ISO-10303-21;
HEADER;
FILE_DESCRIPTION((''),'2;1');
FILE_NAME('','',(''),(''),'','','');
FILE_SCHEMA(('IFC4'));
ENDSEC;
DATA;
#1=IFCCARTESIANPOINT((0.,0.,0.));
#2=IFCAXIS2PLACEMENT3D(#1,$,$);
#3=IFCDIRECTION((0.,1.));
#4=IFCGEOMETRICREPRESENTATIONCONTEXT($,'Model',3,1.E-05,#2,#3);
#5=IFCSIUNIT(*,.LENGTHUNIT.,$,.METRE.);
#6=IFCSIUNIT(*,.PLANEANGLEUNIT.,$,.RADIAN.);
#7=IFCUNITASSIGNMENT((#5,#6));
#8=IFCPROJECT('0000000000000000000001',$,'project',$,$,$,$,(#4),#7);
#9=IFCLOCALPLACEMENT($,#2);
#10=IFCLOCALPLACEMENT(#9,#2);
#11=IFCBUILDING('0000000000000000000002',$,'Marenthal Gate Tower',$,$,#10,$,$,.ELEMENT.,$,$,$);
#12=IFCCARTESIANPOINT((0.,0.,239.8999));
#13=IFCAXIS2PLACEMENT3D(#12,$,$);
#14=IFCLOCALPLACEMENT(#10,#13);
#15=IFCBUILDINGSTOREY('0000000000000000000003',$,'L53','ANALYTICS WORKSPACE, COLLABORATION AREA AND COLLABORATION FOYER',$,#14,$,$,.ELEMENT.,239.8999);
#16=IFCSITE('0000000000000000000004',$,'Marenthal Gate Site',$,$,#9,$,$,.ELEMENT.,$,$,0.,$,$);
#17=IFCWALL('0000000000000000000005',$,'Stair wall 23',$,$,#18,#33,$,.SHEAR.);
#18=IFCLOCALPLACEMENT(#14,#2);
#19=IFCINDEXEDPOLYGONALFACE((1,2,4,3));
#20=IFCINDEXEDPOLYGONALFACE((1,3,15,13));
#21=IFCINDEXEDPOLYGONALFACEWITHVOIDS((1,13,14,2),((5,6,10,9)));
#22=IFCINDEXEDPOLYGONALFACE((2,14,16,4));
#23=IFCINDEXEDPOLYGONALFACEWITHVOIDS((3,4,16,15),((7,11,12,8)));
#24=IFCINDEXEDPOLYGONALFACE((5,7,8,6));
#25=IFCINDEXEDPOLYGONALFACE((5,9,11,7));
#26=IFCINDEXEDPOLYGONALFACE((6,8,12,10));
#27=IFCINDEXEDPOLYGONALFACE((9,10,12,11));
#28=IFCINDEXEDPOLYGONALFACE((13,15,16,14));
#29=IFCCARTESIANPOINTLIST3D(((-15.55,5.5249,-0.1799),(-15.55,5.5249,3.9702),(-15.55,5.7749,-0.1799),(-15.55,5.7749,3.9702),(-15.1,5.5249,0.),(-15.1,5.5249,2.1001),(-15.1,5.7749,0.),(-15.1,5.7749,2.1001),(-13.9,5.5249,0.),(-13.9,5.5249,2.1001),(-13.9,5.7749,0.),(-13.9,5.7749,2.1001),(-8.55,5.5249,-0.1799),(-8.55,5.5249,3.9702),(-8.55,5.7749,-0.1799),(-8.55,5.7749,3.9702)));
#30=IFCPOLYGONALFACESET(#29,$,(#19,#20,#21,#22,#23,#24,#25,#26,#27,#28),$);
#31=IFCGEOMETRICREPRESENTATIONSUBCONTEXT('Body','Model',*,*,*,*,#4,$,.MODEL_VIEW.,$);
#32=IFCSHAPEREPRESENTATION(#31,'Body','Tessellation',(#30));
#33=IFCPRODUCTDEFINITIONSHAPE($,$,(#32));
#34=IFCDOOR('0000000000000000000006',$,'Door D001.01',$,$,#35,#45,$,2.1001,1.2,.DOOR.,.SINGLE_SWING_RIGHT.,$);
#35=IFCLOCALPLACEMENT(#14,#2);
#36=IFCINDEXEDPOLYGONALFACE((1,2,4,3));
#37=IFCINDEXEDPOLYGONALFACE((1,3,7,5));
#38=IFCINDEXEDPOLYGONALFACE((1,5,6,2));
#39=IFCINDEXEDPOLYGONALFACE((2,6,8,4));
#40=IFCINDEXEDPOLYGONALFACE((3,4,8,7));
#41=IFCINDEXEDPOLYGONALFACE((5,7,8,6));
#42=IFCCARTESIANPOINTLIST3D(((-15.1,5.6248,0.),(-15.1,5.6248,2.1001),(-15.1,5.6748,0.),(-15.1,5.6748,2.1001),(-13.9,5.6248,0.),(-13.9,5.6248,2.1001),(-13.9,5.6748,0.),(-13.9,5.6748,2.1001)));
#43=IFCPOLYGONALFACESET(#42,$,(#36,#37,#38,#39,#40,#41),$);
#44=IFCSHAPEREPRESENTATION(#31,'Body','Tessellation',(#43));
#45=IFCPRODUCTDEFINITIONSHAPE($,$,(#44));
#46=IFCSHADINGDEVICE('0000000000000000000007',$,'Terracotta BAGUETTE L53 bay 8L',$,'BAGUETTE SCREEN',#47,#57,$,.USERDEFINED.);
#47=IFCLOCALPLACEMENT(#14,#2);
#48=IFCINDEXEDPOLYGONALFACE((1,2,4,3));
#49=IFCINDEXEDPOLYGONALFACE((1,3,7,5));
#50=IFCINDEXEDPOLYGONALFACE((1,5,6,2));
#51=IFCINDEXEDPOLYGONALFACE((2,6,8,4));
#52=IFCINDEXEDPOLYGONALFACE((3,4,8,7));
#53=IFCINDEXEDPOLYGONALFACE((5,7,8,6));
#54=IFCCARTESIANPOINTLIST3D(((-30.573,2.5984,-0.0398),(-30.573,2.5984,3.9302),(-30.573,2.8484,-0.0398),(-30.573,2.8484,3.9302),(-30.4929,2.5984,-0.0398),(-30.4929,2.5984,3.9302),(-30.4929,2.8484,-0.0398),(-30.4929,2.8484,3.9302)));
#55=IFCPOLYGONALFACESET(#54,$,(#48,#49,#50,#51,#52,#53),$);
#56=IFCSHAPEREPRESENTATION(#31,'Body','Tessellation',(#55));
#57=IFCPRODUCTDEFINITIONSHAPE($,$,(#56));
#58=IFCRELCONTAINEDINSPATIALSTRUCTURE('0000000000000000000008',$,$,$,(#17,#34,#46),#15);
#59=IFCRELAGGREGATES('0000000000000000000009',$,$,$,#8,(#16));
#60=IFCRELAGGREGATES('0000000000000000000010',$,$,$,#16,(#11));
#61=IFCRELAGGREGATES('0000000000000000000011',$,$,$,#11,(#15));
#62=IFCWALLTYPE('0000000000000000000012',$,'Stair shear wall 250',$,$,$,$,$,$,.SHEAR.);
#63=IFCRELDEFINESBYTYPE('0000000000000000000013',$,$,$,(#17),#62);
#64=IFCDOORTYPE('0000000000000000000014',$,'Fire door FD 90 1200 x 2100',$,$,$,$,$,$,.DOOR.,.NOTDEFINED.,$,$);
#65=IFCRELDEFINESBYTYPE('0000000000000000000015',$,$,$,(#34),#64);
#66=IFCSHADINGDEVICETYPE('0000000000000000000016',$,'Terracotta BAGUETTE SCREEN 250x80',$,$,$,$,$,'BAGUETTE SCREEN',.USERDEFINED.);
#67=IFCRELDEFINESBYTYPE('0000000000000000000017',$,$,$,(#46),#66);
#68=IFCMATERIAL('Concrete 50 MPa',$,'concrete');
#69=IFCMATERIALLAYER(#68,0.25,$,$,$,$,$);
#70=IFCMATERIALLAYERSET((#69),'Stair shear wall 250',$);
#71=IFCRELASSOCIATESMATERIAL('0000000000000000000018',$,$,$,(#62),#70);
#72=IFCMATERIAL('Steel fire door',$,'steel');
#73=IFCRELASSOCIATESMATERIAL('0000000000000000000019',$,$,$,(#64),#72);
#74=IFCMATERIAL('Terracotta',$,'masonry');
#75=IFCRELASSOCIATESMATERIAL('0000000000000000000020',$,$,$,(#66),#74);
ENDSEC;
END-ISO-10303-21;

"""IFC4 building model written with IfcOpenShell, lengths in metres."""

from ifc_helpers import new_model, si_unit, direction, frame, frame_2d, origin, origin_2d, place, context, subcontext, project, spatial, rectangle, extrude, material, layer, layer_set, material_profile, profile_set, type_object, element, fill, save


model = new_model("IFC4")

# Units and contexts
model_context = context("Model", 3, precision=1e-05, world=origin(), true_north=direction((0.0, 1.0)))
body_context = subcontext(model_context, "Body", "Model", "MODEL_VIEW")
ifc_project = project(units=[si_unit("LENGTHUNIT", "METRE"), si_unit("PLANEANGLEUNIT", "RADIAN")], contexts=[model_context])

# Site, building, storey
site_placement = place(None, origin())
site = spatial("IfcSite", under=ifc_project, at=site_placement, Name="Marenthal Gate Site", CompositionType="ELEMENT", RefElevation=0.0)
building_placement = place(site_placement, origin())
building = spatial("IfcBuilding", under=site, at=building_placement, Name="Marenthal Gate Tower", CompositionType="ELEMENT")
storey_placement = place(building_placement, frame((0.0, 0.0, 239.8999)))
storey = spatial("IfcBuildingStorey", under=building, at=storey_placement, Name="L53", Description="ANALYTICS WORKSPACE, COLLABORATION AREA AND COLLABORATION FOYER", CompositionType="ELEMENT", Elevation=239.8999)

# Wall, opening, door
ifc_material_1 = material(Name="Concrete 50 MPa", Category="concrete")
ifc_layer_1 = layer(ifc_material_1, 0.25)
ifc_layer_set_1 = layer_set([ifc_layer_1], Name="Stair shear wall 250")
wall_type_1 = type_object("IfcWallType", Name="Stair shear wall 250", PredefinedType="SHEAR", material=ifc_layer_set_1)
wall_1_placement = place(storey_placement, frame((-15.55, 5.6499, -0.1799), z_axis=(0.0, 0.0, 1.0), x_axis=(1.0, 0.0, 0.0)))
wall_1 = element("IfcWall", 1, at=wall_1_placement, inside=storey, type_object=wall_type_1, Name="Stair wall 23", PredefinedType="SHEAR", context=body_context, shape_type="SweptSolid", body=[
    extrude(rectangle(XDim=7.0, YDim=0.25, at=frame_2d((3.5, 0.0))), origin(), (0.0, 0.0, 1.0), 4.1501),
])
opening_1_placement = place(wall_1_placement, frame((0.45, 0.0, 0.1799)))
opening_1 = element("IfcOpeningElement", 2, at=opening_1_placement, cuts=wall_1, PredefinedType="OPENING", context=body_context, shape_type="SweptSolid", body=[
    extrude(rectangle(XDim=1.2, YDim=2.1001, at=frame_2d((0.6001, 1.05))), frame((0.0, 0.135, 0.0), z_axis=(0.0, -1.0, 0.0), x_axis=(1.0, 0.0, 0.0)), (0.0, 0.0, 1.0), 0.27),
])
ifc_material_2 = material(Name="Steel fire door", Category="steel")
door_type_1 = type_object("IfcDoorType", Name="Fire door FD 90 1200 x 2100", OperationType="NOTDEFINED", PredefinedType="DOOR", material=ifc_material_2)
door_1_placement = place(opening_1_placement, origin())
door_1 = element("IfcDoor", 3, at=door_1_placement, inside=storey, type_object=door_type_1, Name="Door D001.01", OperationType="SINGLE_SWING_RIGHT", OverallHeight=2.1001, OverallWidth=1.2, PredefinedType="DOOR", context=body_context, shape_type="SweptSolid", body=[
    extrude(rectangle(XDim=1.2, YDim=2.1001, at=frame_2d((0.6001, 1.05))), frame((0.0, 0.0249, 0.0), z_axis=(0.0, -1.0, 0.0), x_axis=(1.0, 0.0, 0.0)), (0.0, 0.0, 1.0), 0.05),
])
fill(opening_1, door_1)

# Shading device
ifc_material_3 = material(Name="Terracotta", Category="masonry")
ifc_material_profile_1 = material_profile(ifc_material_3, rectangle(XDim=0.25, YDim=0.0801, at=origin_2d()), Name="Terracotta baguette 250x80")
ifc_profile_set_1 = profile_set([ifc_material_profile_1], Name="Terracotta")
shading_device_type = type_object("IfcShadingDeviceType", Name="Terracotta BAGUETTE SCREEN 250x80", ElementType="BAGUETTE SCREEN", PredefinedType="USERDEFINED", material=ifc_profile_set_1)
shading_device_placement = place(storey_placement, frame((-30.533, 2.7234, -0.0398), z_axis=(0.0, 0.0, 1.0), x_axis=(0.0, -1.0, 0.0)))
element("IfcShadingDevice", 4, at=shading_device_placement, inside=storey, type_object=shading_device_type, Name="Terracotta BAGUETTE L53 bay 8L", ObjectType="BAGUETTE SCREEN", PredefinedType="USERDEFINED", context=body_context, shape_type="SweptSolid", body=[
    extrude(rectangle(XDim=0.25, YDim=0.0801, at=origin_2d()), origin(), (0.0, 0.0, 1.0), 3.97),
])

save(model, "model.ifc")
